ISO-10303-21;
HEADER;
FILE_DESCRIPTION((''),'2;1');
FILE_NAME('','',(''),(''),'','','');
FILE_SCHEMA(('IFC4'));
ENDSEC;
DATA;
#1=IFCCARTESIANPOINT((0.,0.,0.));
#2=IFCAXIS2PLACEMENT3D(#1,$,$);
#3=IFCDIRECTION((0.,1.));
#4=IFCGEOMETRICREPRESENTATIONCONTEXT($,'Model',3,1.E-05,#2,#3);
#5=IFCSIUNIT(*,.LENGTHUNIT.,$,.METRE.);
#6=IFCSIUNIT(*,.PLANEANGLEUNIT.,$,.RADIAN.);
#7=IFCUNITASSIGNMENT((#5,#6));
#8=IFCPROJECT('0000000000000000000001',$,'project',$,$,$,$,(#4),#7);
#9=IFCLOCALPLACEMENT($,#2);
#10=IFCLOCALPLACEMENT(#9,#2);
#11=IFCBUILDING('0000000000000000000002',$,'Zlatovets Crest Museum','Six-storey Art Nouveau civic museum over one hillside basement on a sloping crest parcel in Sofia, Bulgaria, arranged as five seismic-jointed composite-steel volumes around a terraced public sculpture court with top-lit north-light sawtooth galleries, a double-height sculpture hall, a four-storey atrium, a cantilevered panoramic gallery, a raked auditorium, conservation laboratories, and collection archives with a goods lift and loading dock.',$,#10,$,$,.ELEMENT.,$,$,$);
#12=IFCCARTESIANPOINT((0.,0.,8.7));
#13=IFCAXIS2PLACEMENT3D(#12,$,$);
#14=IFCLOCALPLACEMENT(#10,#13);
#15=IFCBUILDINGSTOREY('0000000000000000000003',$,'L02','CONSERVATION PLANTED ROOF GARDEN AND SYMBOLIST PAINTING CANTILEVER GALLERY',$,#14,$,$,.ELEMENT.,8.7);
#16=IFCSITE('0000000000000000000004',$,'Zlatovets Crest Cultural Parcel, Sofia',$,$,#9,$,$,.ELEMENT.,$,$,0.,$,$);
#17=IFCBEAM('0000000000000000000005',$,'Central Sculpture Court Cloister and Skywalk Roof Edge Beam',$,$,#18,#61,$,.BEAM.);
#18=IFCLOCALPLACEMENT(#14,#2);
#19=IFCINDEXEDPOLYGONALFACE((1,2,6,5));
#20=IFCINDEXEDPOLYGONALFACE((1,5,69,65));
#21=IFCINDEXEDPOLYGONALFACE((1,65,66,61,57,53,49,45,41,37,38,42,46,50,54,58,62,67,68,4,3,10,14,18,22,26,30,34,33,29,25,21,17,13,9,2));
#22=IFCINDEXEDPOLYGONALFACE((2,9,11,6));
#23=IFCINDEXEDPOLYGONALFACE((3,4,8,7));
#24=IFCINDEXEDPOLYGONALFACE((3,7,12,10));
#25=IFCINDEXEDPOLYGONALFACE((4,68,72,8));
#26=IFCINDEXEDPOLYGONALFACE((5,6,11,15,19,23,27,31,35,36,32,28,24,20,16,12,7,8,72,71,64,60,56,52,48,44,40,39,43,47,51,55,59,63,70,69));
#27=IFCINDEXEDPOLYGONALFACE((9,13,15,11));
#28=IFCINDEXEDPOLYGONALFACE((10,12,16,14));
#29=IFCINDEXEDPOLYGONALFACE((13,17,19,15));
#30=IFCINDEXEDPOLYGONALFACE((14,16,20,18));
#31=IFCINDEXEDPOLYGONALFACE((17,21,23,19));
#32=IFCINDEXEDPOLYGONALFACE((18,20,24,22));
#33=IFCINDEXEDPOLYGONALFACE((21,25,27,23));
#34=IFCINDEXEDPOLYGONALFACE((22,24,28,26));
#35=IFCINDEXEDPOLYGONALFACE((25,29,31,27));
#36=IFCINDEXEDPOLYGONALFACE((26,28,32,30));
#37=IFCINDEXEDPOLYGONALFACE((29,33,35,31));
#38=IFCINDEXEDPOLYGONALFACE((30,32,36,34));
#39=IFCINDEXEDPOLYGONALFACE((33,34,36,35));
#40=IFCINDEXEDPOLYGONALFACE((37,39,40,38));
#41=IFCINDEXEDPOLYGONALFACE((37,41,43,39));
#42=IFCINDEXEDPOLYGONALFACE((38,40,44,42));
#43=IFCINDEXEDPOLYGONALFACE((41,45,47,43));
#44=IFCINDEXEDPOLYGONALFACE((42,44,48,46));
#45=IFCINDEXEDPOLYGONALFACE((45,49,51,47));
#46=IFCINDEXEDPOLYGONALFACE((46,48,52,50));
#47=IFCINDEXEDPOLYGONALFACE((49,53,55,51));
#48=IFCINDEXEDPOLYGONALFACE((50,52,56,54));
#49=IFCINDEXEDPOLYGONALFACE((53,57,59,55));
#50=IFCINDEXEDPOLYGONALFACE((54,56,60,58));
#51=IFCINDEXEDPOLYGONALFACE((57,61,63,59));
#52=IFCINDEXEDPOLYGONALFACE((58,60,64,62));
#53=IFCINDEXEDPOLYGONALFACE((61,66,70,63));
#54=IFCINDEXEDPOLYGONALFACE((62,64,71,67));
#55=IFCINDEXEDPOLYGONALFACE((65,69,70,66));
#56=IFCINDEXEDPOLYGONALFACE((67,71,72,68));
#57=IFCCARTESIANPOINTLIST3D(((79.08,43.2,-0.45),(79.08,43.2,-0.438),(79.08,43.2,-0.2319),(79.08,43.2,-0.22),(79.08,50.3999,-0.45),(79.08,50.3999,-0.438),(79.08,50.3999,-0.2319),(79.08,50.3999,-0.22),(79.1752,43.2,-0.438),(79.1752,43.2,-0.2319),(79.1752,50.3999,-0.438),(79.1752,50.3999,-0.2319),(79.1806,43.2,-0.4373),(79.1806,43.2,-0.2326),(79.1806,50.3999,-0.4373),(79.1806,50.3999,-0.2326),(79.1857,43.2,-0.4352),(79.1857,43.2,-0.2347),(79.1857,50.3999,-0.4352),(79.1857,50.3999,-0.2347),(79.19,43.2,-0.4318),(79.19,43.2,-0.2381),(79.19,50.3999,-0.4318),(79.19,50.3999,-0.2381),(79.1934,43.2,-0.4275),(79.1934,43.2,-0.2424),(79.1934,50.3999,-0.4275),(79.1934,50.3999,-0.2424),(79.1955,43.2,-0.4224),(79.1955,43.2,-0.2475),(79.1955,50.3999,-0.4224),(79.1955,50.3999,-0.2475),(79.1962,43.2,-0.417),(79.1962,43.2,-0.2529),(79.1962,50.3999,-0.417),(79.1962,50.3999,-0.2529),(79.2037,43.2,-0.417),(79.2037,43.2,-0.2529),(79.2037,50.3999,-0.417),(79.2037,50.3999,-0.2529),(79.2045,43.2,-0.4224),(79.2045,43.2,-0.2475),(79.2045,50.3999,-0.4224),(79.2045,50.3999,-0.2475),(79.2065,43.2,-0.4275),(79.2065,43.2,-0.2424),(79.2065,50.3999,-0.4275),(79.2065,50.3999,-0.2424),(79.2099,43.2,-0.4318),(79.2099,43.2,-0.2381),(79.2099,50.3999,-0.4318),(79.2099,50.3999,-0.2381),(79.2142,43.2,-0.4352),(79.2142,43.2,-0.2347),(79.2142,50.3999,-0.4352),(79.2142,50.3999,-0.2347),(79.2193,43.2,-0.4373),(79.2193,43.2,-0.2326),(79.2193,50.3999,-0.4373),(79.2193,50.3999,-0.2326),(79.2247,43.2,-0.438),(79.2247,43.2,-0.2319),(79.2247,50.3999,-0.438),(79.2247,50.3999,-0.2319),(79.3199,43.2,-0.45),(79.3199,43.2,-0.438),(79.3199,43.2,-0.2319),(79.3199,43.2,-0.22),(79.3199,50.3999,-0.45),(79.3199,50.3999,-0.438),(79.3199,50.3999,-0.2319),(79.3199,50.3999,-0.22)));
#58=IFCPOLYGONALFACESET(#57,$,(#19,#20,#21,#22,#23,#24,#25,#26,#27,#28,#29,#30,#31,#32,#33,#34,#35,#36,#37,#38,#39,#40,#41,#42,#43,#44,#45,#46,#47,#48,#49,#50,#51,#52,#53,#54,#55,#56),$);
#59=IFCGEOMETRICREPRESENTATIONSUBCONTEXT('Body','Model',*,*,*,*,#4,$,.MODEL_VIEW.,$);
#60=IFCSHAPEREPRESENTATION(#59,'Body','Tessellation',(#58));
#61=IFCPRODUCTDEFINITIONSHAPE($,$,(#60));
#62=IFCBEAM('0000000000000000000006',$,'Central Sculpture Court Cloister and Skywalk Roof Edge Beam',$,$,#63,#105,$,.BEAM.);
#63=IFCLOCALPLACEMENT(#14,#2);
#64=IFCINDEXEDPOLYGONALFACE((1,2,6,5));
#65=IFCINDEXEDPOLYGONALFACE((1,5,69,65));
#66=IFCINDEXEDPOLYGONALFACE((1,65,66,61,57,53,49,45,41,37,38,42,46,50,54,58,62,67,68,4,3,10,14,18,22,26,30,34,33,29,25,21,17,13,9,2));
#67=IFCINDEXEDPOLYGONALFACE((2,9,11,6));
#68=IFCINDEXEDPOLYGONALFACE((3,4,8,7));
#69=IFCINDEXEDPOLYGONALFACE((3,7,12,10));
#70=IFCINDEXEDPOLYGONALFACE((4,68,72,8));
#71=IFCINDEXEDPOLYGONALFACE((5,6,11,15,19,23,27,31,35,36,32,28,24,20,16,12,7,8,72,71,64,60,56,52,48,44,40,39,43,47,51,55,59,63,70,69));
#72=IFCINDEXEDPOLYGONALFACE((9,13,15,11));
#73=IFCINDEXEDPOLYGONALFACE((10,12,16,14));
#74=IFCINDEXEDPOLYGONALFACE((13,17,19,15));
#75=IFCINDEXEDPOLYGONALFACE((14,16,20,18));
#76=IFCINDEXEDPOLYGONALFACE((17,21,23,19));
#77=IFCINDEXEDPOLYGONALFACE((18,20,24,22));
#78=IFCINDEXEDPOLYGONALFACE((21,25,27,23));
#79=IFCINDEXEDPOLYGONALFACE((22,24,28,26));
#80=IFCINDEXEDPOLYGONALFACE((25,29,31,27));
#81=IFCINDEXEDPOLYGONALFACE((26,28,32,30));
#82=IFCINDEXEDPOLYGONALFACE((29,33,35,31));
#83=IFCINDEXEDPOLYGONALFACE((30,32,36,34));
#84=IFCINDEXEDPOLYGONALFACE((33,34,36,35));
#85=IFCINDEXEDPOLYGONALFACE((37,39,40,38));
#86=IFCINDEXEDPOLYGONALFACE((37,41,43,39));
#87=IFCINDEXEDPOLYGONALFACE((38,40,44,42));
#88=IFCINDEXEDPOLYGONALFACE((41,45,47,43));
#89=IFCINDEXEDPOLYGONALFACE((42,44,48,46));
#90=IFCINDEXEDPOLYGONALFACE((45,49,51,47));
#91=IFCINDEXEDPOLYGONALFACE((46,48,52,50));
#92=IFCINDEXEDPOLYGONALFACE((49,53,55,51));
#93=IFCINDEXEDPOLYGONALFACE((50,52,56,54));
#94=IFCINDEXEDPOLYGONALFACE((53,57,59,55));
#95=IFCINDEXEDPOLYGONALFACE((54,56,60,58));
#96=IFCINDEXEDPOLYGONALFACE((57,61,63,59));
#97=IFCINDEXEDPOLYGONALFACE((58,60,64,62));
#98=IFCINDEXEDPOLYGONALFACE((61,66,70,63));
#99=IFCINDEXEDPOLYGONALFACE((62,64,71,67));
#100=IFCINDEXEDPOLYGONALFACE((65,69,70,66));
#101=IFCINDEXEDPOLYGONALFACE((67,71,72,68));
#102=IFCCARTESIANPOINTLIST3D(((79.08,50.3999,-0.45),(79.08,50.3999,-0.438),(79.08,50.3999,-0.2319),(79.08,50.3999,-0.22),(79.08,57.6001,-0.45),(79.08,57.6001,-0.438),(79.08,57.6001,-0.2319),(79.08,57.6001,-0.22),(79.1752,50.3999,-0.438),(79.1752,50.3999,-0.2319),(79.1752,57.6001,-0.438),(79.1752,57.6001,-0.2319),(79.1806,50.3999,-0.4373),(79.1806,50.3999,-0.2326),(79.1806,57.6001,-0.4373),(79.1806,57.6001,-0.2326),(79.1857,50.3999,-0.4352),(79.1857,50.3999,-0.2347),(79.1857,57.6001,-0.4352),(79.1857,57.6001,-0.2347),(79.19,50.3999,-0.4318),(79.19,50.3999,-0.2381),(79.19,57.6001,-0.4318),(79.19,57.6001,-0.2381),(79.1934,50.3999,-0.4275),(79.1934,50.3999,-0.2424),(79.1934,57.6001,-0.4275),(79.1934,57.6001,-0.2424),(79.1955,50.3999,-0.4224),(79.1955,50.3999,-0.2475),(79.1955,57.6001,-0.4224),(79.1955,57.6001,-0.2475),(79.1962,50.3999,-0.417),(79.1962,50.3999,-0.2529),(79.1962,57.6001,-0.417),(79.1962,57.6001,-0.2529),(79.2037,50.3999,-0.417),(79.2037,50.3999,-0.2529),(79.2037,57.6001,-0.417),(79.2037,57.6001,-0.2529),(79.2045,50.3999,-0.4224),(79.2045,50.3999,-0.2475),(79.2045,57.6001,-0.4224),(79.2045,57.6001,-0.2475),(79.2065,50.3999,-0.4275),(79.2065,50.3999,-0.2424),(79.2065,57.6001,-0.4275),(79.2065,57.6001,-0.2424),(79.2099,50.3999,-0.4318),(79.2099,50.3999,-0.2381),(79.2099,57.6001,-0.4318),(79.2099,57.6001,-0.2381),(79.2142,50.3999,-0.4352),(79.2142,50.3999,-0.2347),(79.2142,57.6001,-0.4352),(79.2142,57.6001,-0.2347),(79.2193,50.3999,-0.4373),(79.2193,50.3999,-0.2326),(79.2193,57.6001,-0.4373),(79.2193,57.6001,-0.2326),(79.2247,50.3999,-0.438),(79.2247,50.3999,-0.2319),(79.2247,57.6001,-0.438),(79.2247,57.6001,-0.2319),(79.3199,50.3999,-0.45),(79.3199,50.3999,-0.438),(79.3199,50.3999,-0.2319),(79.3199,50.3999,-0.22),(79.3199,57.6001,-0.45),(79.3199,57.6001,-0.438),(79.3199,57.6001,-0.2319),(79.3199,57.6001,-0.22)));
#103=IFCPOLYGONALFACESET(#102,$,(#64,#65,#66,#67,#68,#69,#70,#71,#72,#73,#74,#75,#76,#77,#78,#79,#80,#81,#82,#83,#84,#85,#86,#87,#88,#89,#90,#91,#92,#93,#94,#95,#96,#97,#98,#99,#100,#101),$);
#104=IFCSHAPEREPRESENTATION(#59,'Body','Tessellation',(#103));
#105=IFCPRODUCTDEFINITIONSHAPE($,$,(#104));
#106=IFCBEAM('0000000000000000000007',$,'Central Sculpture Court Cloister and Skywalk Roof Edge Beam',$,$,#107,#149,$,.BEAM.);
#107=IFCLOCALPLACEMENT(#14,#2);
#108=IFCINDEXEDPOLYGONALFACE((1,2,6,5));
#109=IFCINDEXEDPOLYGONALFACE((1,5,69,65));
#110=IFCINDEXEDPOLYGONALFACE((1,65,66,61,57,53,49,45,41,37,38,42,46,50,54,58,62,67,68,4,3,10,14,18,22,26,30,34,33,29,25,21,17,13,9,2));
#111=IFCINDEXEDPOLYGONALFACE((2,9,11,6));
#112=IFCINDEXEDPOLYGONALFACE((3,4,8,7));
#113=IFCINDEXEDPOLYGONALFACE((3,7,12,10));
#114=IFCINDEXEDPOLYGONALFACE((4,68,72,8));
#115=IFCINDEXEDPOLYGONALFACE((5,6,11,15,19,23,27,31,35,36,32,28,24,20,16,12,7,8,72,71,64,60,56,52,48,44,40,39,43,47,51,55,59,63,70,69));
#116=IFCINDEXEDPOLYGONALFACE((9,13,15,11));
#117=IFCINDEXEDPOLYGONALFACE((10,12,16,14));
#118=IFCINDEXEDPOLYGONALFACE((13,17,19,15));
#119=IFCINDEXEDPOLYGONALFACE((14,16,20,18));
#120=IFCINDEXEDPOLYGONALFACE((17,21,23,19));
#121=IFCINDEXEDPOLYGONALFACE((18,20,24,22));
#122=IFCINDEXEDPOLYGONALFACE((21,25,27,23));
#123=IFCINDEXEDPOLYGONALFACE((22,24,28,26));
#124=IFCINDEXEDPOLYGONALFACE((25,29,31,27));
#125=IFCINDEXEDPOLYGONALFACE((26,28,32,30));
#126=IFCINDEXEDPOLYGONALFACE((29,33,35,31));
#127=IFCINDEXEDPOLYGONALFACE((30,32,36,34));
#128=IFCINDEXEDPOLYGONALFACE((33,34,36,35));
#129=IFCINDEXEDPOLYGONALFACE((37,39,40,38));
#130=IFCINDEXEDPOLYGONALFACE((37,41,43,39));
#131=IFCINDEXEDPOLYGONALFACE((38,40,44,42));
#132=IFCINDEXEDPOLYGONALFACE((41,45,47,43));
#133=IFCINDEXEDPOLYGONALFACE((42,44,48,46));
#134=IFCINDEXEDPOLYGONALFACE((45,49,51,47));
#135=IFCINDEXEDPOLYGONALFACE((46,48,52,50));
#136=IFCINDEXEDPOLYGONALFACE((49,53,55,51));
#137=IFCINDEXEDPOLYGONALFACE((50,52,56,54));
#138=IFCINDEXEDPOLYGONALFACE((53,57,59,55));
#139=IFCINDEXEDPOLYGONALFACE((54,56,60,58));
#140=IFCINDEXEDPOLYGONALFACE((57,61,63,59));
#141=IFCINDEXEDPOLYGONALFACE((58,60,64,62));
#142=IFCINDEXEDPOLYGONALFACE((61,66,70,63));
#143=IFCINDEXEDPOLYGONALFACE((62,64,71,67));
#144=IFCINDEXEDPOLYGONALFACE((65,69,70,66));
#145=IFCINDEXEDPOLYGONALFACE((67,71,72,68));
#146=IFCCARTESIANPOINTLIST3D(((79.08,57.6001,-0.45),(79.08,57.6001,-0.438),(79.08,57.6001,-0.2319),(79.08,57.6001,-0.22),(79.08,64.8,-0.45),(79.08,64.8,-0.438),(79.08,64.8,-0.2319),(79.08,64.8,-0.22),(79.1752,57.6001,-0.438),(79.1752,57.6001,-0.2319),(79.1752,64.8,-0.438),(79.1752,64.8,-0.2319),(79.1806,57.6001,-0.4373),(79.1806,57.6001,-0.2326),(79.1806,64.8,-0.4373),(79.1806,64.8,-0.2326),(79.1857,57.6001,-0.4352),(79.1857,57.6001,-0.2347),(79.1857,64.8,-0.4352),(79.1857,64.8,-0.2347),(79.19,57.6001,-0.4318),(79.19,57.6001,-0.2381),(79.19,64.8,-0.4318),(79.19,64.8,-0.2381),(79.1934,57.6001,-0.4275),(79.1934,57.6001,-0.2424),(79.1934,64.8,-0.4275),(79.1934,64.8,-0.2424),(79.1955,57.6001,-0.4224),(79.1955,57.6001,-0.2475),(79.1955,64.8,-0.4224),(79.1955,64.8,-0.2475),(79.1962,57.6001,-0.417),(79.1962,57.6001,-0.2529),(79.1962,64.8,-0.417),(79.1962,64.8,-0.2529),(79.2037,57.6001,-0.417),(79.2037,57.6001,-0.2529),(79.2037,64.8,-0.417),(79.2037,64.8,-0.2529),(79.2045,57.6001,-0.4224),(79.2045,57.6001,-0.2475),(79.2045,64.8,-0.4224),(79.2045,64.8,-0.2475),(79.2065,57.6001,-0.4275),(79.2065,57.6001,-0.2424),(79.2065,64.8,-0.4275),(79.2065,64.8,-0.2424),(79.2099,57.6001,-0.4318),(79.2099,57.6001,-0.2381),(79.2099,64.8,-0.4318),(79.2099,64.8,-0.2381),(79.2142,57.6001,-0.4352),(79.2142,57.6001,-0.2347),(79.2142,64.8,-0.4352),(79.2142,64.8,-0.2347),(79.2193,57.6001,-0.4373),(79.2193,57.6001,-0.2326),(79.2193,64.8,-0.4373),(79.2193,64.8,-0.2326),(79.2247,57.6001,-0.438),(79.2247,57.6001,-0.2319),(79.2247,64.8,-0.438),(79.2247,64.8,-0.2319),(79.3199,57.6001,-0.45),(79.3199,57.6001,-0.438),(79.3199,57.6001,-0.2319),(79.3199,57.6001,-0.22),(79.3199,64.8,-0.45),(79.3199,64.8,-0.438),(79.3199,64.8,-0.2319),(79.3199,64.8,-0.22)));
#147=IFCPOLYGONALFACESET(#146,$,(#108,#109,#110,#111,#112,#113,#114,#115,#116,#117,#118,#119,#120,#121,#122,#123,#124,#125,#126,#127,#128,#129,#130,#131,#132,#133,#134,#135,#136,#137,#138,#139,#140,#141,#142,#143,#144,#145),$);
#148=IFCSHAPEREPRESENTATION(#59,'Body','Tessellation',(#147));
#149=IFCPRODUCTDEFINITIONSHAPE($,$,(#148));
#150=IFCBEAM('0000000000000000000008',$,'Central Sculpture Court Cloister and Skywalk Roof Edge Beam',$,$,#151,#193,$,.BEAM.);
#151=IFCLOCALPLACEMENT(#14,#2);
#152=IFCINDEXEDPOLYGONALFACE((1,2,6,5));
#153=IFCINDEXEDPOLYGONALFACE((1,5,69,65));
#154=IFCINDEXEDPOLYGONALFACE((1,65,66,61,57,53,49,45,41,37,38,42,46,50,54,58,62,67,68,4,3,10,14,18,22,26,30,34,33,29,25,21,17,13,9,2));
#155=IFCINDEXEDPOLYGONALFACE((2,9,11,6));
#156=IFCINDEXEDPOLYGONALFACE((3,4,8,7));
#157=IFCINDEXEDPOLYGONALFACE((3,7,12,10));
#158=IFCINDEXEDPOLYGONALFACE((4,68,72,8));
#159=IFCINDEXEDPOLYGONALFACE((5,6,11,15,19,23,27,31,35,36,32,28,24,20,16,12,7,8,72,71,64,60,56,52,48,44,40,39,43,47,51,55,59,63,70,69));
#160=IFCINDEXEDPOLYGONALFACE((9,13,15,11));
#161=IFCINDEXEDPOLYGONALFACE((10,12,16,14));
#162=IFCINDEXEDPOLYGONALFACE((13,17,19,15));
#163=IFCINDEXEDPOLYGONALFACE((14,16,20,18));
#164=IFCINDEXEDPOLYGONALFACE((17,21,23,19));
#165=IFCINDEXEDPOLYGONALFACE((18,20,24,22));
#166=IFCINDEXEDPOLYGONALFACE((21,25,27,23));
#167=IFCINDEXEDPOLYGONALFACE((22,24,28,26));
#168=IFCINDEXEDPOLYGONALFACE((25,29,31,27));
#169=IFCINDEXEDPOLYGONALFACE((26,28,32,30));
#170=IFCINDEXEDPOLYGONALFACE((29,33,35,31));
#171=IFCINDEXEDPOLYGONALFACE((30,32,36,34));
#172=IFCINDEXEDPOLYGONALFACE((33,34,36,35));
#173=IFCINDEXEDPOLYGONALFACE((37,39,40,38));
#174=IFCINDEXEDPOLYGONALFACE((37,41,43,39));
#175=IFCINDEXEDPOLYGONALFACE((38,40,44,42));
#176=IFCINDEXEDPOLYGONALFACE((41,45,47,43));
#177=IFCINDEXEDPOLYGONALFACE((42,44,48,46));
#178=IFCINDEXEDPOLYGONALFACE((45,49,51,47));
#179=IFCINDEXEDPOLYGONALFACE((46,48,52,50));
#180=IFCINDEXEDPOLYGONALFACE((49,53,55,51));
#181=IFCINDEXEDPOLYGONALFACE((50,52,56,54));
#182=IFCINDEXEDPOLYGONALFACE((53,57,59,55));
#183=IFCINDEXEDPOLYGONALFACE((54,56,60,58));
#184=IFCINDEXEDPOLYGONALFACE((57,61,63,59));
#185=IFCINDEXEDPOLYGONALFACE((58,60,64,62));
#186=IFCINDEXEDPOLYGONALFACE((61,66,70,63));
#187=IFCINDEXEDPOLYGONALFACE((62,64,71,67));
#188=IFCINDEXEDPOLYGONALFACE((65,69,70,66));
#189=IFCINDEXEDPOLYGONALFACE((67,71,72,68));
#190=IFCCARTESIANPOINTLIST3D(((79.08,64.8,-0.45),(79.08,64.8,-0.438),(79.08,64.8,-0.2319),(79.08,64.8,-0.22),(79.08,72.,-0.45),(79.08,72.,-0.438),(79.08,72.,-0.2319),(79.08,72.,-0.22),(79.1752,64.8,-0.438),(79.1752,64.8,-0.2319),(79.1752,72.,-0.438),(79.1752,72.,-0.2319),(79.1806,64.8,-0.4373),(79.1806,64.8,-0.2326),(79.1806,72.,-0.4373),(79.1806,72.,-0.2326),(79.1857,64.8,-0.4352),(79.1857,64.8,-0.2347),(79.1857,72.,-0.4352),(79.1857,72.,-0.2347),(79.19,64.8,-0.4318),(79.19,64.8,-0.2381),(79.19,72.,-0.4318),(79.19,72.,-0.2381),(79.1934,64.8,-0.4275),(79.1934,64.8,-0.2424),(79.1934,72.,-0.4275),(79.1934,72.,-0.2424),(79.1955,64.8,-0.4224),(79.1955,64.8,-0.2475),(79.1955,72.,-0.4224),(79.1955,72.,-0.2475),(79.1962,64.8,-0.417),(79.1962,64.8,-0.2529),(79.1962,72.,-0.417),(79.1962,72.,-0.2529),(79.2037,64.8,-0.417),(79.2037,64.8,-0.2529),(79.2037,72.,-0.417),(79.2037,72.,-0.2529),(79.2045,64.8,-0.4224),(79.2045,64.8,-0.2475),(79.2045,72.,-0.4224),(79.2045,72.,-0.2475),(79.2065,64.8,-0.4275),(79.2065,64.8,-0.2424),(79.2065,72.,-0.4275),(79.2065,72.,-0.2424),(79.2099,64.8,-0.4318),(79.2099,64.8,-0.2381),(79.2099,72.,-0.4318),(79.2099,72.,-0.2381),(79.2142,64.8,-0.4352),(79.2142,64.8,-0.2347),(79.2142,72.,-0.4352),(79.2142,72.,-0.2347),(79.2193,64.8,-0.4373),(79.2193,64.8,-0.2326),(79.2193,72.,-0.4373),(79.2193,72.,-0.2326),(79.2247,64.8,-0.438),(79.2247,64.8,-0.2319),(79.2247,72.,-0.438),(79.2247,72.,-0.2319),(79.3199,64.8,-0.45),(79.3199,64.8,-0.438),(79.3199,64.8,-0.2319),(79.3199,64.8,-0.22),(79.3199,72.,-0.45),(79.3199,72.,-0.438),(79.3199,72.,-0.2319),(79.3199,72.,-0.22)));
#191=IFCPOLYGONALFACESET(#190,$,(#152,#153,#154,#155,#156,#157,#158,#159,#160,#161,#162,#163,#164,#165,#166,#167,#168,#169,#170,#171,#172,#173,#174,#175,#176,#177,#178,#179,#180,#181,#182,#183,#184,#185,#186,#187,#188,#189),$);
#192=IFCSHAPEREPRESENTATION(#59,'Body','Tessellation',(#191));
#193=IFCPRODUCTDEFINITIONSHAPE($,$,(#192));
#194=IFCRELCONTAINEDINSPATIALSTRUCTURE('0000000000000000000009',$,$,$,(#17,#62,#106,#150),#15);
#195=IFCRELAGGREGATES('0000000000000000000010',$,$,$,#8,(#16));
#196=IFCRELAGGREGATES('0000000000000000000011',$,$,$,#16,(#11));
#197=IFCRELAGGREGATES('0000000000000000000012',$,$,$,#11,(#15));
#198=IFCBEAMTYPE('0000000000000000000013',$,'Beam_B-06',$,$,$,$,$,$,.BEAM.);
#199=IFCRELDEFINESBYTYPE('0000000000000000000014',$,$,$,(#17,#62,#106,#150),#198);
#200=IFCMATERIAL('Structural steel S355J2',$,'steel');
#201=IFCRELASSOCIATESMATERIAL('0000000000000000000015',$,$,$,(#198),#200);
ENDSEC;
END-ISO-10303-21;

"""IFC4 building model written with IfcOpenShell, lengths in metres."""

from ifc_helpers import new_model, si_unit, direction, frame, origin, origin_2d, place, context, subcontext, project, spatial, i_section, extrude, material, material_profile, profile_set, type_object, element, save


model = new_model("IFC4")

# Units and contexts
model_context = context("Model", 3, precision=1e-05, world=origin(), true_north=direction((0.0, 1.0)))
body_context = subcontext(model_context, "Body", "Model", "MODEL_VIEW")
ifc_project = project(units=[si_unit("LENGTHUNIT", "METRE"), si_unit("PLANEANGLEUNIT", "RADIAN")], contexts=[model_context])

# Site, building, storey
site_placement = place(None, origin())
site = spatial("IfcSite", under=ifc_project, at=site_placement, Name="Zlatovets Crest Cultural Parcel, Sofia", CompositionType="ELEMENT", RefElevation=0.0)
building_placement = place(site_placement, origin())
building = spatial("IfcBuilding", under=site, at=building_placement, Name="Zlatovets Crest Museum", Description="Six-storey Art Nouveau civic museum over one hillside basement on a sloping crest parcel in Sofia, Bulgaria, arranged as five seismic-jointed composite-steel volumes around a terraced public sculpture court with top-lit north-light sawtooth galleries, a double-height sculpture hall, a four-storey atrium, a cantilevered panoramic gallery, a raked auditorium, conservation laboratories, and collection archives with a goods lift and loading dock.", CompositionType="ELEMENT")
storey_placement = place(building_placement, frame((0.0, 0.0, 8.7)))
storey = spatial("IfcBuildingStorey", under=building, at=storey_placement, Name="L02", Description="CONSERVATION PLANTED ROOF GARDEN AND SYMBOLIST PAINTING CANTILEVER GALLERY", CompositionType="ELEMENT", Elevation=8.7)

# Beams
ifc_material_1 = material(Name="Structural steel S355J2", Category="steel")
ifc_material_profile_1 = material_profile(ifc_material_1, i_section(OverallWidth=0.24, OverallDepth=0.23, WebThickness=0.0076, FlangeThickness=0.012, FilletRadius=0.021, at=origin_2d()), Name="HEA 240")
ifc_profile_set_1 = profile_set([ifc_material_profile_1], Name="Structural steel S355J2")
beam_type = type_object("IfcBeamType", Name="Beam_B-06", PredefinedType="BEAM", material=ifc_profile_set_1)
beam_1_placement = place(storey_placement, frame((79.2, 43.2, -0.335), z_axis=(0.0, 1.0, 0.0), x_axis=(-1.0, 0.0, 0.0)))
element("IfcBeam", 1, at=beam_1_placement, inside=storey, type_object=beam_type, Name="Central Sculpture Court Cloister and Skywalk Roof Edge Beam", PredefinedType="BEAM", context=body_context, shape_type="SweptSolid", body=[
    extrude(i_section(OverallWidth=0.24, OverallDepth=0.23, WebThickness=0.0076, FlangeThickness=0.012, FilletRadius=0.021, at=origin_2d()), origin(), (0.0, 0.0, 1.0), 7.2),
])
beam_2_placement = place(storey_placement, frame((79.2, 50.3999, -0.335), z_axis=(0.0, 1.0, 0.0), x_axis=(-1.0, 0.0, 0.0)))
element("IfcBeam", 2, at=beam_2_placement, inside=storey, type_object=beam_type, Name="Central Sculpture Court Cloister and Skywalk Roof Edge Beam", PredefinedType="BEAM", context=body_context, shape_type="SweptSolid", body=[
    extrude(i_section(OverallWidth=0.24, OverallDepth=0.23, WebThickness=0.0076, FlangeThickness=0.012, FilletRadius=0.021, at=origin_2d()), origin(), (0.0, 0.0, 1.0), 7.2002),
])
for number, where, z_axis, x_axis, name in (
    (3, (79.2, 57.6001, -0.335), (0.0, 1.0, 0.0), (-1.0, 0.0, 0.0), "Central Sculpture Court Cloister and Skywalk Roof Edge Beam"),
    (4, (79.2, 64.8, -0.335), (0.0, 1.0, 0.0), (-1.0, 0.0, 0.0), "Central Sculpture Court Cloister and Skywalk Roof Edge Beam"),
):
    element("IfcBeam", number, at=place(storey_placement, frame(where, z_axis=z_axis, x_axis=x_axis)), inside=storey, type_object=beam_type, Name=name, PredefinedType="BEAM", context=body_context, shape_type="SweptSolid", body=[
        extrude(i_section(OverallWidth=0.24, OverallDepth=0.23, WebThickness=0.0076, FlangeThickness=0.012, FilletRadius=0.021, at=origin_2d()), origin(), (0.0, 0.0, 1.0), 7.2),
    ])

save(model, "model.ifc")
